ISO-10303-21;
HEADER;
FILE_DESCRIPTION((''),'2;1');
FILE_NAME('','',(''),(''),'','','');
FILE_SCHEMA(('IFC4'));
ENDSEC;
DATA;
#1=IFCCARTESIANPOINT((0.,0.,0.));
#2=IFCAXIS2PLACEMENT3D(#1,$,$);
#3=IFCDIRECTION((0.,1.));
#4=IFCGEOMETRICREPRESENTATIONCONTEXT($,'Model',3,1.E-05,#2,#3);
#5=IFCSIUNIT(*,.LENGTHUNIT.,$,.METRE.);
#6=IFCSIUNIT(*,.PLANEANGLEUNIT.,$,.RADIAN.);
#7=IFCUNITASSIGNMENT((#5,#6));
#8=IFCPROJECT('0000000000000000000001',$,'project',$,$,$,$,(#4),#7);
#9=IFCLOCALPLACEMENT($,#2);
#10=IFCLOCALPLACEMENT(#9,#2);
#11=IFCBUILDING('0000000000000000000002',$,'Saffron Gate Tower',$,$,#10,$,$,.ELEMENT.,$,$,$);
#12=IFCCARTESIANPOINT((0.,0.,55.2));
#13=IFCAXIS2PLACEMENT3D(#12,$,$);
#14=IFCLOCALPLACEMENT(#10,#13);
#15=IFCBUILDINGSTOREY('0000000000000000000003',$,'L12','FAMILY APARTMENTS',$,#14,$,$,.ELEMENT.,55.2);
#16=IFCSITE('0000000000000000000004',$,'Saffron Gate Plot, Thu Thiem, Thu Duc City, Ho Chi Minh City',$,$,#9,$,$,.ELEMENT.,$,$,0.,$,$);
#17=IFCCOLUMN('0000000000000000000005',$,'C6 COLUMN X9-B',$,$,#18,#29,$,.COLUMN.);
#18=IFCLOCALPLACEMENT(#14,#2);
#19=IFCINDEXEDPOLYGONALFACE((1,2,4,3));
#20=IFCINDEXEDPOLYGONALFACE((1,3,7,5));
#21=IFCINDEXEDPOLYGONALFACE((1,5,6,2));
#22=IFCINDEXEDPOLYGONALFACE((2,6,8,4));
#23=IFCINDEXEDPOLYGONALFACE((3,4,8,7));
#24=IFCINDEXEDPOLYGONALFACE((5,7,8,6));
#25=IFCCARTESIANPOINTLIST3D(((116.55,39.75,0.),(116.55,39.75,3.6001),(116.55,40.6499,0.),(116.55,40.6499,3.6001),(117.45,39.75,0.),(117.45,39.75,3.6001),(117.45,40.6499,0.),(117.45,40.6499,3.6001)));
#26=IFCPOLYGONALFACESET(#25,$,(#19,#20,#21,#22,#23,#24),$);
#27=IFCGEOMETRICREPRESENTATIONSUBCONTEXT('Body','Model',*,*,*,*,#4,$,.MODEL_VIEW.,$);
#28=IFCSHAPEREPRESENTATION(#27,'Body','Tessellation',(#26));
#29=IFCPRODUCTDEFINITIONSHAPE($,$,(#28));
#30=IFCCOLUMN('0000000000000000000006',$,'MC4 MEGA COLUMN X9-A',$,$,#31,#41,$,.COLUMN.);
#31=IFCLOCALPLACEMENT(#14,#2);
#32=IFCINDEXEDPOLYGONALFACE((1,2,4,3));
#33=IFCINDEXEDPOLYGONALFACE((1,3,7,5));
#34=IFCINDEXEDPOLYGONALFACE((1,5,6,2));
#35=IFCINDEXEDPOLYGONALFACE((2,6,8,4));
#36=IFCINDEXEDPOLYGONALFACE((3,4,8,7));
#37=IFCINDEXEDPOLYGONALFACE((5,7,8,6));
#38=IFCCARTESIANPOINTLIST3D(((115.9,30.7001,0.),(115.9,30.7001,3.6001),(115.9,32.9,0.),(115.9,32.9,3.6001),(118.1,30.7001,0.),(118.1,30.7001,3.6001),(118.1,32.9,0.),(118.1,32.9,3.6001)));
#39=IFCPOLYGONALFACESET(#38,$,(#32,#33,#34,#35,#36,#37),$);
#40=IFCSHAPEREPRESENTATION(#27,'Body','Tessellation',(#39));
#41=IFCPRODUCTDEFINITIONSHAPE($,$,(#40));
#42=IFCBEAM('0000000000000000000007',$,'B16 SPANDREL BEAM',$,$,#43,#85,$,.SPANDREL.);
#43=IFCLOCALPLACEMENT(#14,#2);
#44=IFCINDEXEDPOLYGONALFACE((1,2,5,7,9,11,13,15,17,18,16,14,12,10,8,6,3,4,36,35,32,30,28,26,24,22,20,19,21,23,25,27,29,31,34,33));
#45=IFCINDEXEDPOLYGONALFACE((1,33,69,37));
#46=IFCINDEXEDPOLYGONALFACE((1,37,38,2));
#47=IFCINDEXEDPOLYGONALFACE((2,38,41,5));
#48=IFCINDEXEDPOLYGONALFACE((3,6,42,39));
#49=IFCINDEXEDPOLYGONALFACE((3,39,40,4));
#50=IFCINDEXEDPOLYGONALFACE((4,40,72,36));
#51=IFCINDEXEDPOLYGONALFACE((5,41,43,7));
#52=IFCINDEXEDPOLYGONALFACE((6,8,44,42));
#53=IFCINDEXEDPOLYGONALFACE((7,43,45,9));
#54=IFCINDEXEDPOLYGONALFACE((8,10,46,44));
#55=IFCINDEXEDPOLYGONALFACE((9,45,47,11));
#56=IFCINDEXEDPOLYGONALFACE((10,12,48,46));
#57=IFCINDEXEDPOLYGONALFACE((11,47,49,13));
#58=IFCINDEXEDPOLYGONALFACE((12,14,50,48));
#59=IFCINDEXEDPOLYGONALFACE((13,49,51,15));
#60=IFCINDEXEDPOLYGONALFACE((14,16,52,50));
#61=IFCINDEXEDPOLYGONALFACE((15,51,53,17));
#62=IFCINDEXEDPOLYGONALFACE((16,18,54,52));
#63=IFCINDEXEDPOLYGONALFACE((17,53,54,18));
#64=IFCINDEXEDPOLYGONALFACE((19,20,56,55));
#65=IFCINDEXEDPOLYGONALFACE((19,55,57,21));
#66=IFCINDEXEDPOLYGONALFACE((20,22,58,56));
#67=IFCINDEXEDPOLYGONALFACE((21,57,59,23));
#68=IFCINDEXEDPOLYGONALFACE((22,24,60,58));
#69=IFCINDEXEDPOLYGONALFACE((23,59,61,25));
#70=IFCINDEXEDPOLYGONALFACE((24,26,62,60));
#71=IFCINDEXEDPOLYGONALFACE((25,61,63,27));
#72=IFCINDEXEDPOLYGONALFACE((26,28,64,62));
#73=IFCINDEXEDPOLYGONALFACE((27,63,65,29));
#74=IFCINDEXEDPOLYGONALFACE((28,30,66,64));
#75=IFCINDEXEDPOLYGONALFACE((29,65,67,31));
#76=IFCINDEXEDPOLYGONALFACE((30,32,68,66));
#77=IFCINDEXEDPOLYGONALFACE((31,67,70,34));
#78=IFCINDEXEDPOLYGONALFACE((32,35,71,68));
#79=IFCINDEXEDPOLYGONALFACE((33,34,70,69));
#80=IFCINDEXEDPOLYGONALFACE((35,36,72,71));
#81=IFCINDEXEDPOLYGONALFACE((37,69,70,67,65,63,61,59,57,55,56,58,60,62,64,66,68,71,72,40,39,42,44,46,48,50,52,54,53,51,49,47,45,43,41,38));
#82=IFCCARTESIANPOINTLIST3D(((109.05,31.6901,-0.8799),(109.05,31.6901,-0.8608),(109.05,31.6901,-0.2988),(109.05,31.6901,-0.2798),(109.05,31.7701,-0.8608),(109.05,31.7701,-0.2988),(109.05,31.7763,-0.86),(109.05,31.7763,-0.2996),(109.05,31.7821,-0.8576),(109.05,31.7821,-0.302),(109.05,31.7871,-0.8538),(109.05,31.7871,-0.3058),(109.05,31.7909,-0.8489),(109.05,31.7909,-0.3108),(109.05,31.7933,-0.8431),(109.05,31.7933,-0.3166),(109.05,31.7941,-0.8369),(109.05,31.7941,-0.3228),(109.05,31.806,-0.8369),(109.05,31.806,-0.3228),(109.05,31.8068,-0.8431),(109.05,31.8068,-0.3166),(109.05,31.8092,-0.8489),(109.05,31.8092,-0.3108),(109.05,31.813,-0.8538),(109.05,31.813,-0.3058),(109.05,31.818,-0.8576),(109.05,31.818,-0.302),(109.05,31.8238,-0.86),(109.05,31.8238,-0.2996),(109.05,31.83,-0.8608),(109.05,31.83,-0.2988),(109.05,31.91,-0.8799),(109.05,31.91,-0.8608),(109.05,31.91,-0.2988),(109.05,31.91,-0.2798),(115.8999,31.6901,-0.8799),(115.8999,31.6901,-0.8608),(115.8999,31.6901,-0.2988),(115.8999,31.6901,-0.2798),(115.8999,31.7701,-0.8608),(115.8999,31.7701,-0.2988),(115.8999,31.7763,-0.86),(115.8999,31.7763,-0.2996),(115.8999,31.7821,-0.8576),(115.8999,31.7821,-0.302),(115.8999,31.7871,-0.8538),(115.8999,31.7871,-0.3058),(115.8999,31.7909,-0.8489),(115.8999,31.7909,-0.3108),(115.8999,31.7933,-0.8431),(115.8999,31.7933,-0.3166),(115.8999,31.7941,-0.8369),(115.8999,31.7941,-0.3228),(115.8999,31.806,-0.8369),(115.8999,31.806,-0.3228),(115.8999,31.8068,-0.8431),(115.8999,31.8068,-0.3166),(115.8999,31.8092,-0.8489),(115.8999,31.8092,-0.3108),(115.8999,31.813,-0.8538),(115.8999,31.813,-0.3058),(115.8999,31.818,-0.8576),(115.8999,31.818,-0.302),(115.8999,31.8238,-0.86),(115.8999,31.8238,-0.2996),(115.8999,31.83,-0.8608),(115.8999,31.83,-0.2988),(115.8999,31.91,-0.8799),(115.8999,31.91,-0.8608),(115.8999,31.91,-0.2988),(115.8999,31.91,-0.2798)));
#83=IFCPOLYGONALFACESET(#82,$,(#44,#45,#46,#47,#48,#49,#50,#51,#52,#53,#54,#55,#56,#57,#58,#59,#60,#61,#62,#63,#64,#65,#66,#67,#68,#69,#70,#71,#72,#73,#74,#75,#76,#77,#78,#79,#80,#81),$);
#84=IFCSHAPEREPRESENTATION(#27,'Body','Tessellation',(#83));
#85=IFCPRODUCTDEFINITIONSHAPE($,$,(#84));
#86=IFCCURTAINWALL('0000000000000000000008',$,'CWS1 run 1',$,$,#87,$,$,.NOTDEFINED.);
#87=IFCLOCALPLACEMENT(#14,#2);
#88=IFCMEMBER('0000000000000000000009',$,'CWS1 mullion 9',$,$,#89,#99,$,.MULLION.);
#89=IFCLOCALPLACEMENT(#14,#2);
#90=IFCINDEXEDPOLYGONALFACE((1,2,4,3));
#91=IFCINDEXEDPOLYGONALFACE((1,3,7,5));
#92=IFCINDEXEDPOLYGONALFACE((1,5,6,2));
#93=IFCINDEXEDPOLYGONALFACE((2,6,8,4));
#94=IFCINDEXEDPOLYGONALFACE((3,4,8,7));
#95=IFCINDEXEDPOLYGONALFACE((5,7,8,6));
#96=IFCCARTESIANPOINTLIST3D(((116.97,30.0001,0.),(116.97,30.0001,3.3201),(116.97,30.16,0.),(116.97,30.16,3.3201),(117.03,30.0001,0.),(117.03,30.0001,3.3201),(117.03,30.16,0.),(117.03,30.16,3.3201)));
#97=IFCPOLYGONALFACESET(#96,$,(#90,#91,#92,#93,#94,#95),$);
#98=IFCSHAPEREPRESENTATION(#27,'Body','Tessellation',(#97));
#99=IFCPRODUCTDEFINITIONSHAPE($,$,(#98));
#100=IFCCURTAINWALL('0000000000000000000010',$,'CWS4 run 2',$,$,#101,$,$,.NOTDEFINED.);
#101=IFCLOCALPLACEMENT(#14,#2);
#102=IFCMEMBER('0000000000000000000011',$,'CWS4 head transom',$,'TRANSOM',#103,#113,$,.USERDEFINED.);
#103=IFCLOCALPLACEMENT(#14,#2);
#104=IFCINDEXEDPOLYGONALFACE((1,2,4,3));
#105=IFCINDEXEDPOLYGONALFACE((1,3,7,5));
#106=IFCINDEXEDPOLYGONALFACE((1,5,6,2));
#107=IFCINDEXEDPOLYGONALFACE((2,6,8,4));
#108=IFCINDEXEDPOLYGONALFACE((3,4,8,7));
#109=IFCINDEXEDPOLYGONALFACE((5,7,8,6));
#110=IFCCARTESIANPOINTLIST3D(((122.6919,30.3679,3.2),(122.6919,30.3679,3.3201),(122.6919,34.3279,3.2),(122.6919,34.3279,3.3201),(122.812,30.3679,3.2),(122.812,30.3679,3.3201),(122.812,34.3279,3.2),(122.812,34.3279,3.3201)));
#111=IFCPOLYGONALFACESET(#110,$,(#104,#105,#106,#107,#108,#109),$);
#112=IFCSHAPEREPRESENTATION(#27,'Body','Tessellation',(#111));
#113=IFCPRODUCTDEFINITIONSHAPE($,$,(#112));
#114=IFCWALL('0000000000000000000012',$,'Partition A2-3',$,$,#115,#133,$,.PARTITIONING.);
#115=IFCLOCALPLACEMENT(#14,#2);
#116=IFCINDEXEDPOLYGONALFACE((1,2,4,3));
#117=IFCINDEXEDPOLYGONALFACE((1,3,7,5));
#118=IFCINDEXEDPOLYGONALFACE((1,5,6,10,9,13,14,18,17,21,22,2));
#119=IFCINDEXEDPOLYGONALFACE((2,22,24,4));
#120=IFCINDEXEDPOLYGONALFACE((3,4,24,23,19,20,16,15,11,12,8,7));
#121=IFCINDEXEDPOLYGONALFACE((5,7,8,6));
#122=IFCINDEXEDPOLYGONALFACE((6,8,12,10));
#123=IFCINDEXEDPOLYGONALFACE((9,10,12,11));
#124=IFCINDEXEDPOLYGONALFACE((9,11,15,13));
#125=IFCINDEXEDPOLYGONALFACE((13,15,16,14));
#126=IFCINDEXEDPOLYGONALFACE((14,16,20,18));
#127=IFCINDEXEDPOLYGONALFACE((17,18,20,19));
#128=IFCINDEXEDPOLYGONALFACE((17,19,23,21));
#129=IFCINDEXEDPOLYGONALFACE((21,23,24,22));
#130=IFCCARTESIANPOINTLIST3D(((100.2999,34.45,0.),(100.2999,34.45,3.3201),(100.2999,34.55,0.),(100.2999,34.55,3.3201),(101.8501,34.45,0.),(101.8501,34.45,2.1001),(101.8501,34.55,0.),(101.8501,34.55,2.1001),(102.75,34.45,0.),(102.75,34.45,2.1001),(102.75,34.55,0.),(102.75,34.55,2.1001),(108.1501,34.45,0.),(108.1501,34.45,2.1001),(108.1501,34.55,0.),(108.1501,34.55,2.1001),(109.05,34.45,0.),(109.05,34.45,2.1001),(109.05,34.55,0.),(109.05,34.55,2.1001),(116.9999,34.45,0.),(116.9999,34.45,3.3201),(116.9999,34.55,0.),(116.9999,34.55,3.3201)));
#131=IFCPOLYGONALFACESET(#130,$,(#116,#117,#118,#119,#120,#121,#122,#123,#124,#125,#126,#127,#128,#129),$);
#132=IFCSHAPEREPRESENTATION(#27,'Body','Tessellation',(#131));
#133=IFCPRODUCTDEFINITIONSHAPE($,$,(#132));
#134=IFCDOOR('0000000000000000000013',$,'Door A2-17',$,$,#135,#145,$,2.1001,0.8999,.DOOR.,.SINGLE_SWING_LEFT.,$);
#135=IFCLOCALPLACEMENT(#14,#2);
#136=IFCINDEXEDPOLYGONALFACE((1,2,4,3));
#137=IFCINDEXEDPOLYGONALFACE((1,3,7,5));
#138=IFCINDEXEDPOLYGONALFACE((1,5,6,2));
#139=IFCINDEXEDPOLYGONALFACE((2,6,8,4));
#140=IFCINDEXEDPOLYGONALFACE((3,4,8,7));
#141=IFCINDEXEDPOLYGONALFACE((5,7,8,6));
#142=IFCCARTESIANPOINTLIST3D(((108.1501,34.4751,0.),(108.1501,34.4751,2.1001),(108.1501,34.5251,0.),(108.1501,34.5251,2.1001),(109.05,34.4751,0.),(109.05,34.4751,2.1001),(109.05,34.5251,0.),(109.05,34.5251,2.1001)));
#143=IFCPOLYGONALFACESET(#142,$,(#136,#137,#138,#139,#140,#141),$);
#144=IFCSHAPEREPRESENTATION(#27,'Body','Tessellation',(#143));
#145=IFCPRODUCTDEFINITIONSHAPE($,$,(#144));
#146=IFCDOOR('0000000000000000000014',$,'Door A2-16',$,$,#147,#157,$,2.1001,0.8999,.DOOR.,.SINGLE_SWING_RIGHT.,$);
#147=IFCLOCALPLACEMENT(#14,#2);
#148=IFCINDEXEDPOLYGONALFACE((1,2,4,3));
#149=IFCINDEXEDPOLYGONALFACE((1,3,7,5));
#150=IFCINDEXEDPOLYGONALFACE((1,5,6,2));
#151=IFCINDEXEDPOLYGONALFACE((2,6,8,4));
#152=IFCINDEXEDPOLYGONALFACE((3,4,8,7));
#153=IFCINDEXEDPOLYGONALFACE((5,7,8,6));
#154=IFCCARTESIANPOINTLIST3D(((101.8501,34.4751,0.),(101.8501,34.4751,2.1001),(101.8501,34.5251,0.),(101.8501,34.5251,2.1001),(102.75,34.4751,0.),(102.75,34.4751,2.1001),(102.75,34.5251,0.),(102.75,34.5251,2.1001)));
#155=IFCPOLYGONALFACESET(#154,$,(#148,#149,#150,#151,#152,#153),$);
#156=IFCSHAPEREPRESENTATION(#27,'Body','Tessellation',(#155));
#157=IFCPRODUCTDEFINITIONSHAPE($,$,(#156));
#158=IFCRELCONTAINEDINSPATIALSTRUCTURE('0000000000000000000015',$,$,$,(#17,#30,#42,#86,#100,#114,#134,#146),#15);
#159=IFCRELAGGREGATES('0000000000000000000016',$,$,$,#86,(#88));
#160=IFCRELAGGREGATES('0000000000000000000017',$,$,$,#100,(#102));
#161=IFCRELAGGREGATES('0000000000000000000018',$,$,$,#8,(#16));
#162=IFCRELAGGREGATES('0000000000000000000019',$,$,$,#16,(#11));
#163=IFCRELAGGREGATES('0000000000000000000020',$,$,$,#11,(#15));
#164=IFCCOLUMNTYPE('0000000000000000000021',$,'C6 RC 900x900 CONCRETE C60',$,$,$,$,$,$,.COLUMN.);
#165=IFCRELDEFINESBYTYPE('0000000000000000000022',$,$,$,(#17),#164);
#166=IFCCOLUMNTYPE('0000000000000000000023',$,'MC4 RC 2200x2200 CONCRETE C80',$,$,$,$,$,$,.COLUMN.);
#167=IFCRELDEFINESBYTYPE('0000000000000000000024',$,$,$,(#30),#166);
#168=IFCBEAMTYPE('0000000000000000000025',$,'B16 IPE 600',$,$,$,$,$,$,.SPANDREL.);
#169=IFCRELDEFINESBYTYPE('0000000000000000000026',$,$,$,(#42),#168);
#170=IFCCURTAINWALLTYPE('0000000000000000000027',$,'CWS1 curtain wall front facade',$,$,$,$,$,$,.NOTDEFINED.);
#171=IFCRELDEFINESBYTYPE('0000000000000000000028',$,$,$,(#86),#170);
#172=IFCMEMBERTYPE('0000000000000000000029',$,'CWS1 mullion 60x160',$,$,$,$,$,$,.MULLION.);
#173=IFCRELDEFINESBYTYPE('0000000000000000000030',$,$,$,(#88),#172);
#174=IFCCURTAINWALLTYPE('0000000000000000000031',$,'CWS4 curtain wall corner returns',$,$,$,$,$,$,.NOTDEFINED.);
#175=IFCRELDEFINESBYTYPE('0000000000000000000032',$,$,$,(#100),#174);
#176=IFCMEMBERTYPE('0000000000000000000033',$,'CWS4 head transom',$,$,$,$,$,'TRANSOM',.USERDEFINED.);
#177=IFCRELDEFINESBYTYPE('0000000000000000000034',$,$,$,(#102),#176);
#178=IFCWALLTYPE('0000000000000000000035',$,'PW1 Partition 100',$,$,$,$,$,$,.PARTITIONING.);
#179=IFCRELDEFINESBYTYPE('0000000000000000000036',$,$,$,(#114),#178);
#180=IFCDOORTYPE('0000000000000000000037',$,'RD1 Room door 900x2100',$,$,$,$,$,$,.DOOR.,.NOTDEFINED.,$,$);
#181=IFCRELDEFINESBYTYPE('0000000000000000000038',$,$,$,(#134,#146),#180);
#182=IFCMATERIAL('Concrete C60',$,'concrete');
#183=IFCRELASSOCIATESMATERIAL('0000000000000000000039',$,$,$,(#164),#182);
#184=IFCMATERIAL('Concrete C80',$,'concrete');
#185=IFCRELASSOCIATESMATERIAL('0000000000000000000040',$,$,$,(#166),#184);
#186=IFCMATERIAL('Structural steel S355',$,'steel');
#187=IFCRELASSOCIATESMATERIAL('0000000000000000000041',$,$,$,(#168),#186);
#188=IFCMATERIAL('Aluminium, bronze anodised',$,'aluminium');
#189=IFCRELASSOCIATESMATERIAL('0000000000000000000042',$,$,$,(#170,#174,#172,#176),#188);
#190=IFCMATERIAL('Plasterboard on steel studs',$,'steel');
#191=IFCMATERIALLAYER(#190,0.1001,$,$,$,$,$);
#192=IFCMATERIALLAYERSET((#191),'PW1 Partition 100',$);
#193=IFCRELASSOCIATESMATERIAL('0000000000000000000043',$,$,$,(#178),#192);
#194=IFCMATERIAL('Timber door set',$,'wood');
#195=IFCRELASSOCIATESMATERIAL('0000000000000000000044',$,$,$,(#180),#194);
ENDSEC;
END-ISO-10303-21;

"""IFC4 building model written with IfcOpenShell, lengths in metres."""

from ifc_helpers import new_model, si_unit, direction, frame, frame_2d, origin, origin_2d, place, context, subcontext, project, spatial, rectangle, i_section, extrude, material, layer, layer_set, material_profile, profile_set, type_object, element, fill, aggregate, save


model = new_model("IFC4")

# Units and contexts
model_context = context("Model", 3, precision=1e-05, world=origin(), true_north=direction((0.0, 1.0)))
body_context = subcontext(model_context, "Body", "Model", "MODEL_VIEW")
ifc_project = project(units=[si_unit("LENGTHUNIT", "METRE"), si_unit("PLANEANGLEUNIT", "RADIAN")], contexts=[model_context])

# Site, building, storey
site_placement = place(None, origin())
site = spatial("IfcSite", under=ifc_project, at=site_placement, Name="Saffron Gate Plot, Thu Thiem, Thu Duc City, Ho Chi Minh City", CompositionType="ELEMENT", RefElevation=0.0)
building_placement = place(site_placement, origin())
building = spatial("IfcBuilding", under=site, at=building_placement, Name="Saffron Gate Tower", CompositionType="ELEMENT")
storey_placement = place(building_placement, frame((0.0, 0.0, 55.2)))
storey = spatial("IfcBuildingStorey", under=building, at=storey_placement, Name="L12", Description="FAMILY APARTMENTS", CompositionType="ELEMENT", Elevation=55.2)

# Columns
ifc_material_1 = material(Name="Concrete C60", Category="concrete")
ifc_material_profile_1 = material_profile(ifc_material_1, rectangle(XDim=0.8999, YDim=0.8999, at=origin_2d()))
ifc_profile_set_1 = profile_set([ifc_material_profile_1], Name="Concrete C60")
column_type_1 = type_object("IfcColumnType", Name="C6 RC 900x900 CONCRETE C60", PredefinedType="COLUMN", material=ifc_profile_set_1)
column_1_placement = place(storey_placement, frame((117.0, 40.2, 0.0), z_axis=(0.0, 0.0, 1.0), x_axis=(1.0, 0.0, 0.0)))
element("IfcColumn", 1, at=column_1_placement, inside=storey, type_object=column_type_1, Name="C6 COLUMN X9-B", PredefinedType="COLUMN", context=body_context, shape_type="SweptSolid", body=[
    extrude(rectangle(XDim=0.8999, YDim=0.8999, at=origin_2d()), origin(), (0.0, 0.0, 1.0), 3.6001),
])
ifc_material_2 = material(Name="Concrete C80", Category="concrete")
ifc_material_profile_2 = material_profile(ifc_material_2, rectangle(XDim=2.2, YDim=2.2, at=origin_2d()))
ifc_profile_set_2 = profile_set([ifc_material_profile_2], Name="Concrete C80")
column_type_2 = type_object("IfcColumnType", Name="MC4 RC 2200x2200 CONCRETE C80", PredefinedType="COLUMN", material=ifc_profile_set_2)
column_2_placement = place(storey_placement, frame((117.0, 31.8, 0.0), z_axis=(0.0, 0.0, 1.0), x_axis=(1.0, 0.0, 0.0)))
element("IfcColumn", 2, at=column_2_placement, inside=storey, type_object=column_type_2, Name="MC4 MEGA COLUMN X9-A", PredefinedType="COLUMN", context=body_context, shape_type="SweptSolid", body=[
    extrude(rectangle(XDim=2.2, YDim=2.2, at=origin_2d()), origin(), (0.0, 0.0, 1.0), 3.6001),
])

# Beam
ifc_material_3 = material(Name="Structural steel S355", Category="steel")
ifc_material_profile_3 = material_profile(ifc_material_3, i_section(OverallWidth=0.22, OverallDepth=0.6001, WebThickness=0.012, FlangeThickness=0.019, FilletRadius=0.0239, at=origin_2d()))
ifc_profile_set_3 = profile_set([ifc_material_profile_3], Name="Structural steel S355")
beam_type = type_object("IfcBeamType", Name="B16 IPE 600", PredefinedType="SPANDREL", material=ifc_profile_set_3)
beam_placement = place(storey_placement, frame((109.05, 31.8, -0.5798), z_axis=(1.0, 0.0, 0.0), x_axis=(0.0, 1.0, 0.0)))
element("IfcBeam", 3, at=beam_placement, inside=storey, type_object=beam_type, Name="B16 SPANDREL BEAM", PredefinedType="SPANDREL", context=body_context, shape_type="SweptSolid", body=[
    extrude(i_section(OverallWidth=0.22, OverallDepth=0.6001, WebThickness=0.012, FlangeThickness=0.019, FilletRadius=0.0239, at=origin_2d()), origin(), (0.0, 0.0, 1.0), 6.8499),
])

# Curtain walls, members
ifc_material_4 = material(Name="Aluminium, bronze anodised", Category="aluminium")
curtain_wall_type_1 = type_object("IfcCurtainWallType", Name="CWS1 curtain wall front facade", PredefinedType="NOTDEFINED", material=ifc_material_4)
curtain_wall_1_placement = place(storey_placement, origin())
curtain_wall_1 = element("IfcCurtainWall", 4, at=curtain_wall_1_placement, inside=storey, type_object=curtain_wall_type_1, Name="CWS1 run 1", PredefinedType="NOTDEFINED")
ifc_material_profile_4 = material_profile(ifc_material_4, rectangle(XDim=0.1599, YDim=0.0601, at=origin_2d()))
ifc_profile_set_4 = profile_set([ifc_material_profile_4], Name="Aluminium, bronze anodised")
member_type_1 = type_object("IfcMemberType", Name="CWS1 mullion 60x160", PredefinedType="MULLION", material=ifc_profile_set_4)
member_1_placement = place(storey_placement, frame((117.0, 30.0801, 0.0), z_axis=(0.0, 0.0, 1.0), x_axis=(0.0, 1.0, 0.0)))
member_1 = element("IfcMember", 5, at=member_1_placement, type_object=member_type_1, Name="CWS1 mullion 9", PredefinedType="MULLION", context=body_context, shape_type="SweptSolid", body=[
    extrude(rectangle(XDim=0.1599, YDim=0.0601, at=origin_2d()), origin(), (0.0, 0.0, 1.0), 3.3201),
])
aggregate(curtain_wall_1, [member_1])
curtain_wall_type_2 = type_object("IfcCurtainWallType", Name="CWS4 curtain wall corner returns", PredefinedType="NOTDEFINED", material=ifc_material_4)
curtain_wall_2_placement = place(storey_placement, origin())
curtain_wall_2 = element("IfcCurtainWall", 6, at=curtain_wall_2_placement, inside=storey, type_object=curtain_wall_type_2, Name="CWS4 run 2", PredefinedType="NOTDEFINED")
ifc_material_profile_5 = material_profile(ifc_material_4, rectangle(XDim=0.1201, YDim=0.1201, at=origin_2d()))
ifc_profile_set_5 = profile_set([ifc_material_profile_5], Name="Aluminium, bronze anodised")
member_type_2 = type_object("IfcMemberType", Name="CWS4 head transom", ElementType="TRANSOM", PredefinedType="USERDEFINED", material=ifc_profile_set_5)
member_2_placement = place(storey_placement, frame((122.752, 30.3679, 3.26), z_axis=(0.0, 1.0, 0.0), x_axis=(-1.0, 0.0, 0.0)))
member_2 = element("IfcMember", 7, at=member_2_placement, type_object=member_type_2, Name="CWS4 head transom", ObjectType="TRANSOM", PredefinedType="USERDEFINED", context=body_context, shape_type="SweptSolid", body=[
    extrude(rectangle(XDim=0.1201, YDim=0.1201, at=origin_2d()), origin(), (0.0, 0.0, 1.0), 3.96),
])
aggregate(curtain_wall_2, [member_2])

# Wall, openings, doors
ifc_material_5 = material(Name="Plasterboard on steel studs", Category="steel")
ifc_layer = layer(ifc_material_5, 0.1001)
ifc_layer_set = layer_set([ifc_layer], Name="PW1 Partition 100")
wall_type = type_object("IfcWallType", Name="PW1 Partition 100", PredefinedType="PARTITIONING", material=ifc_layer_set)
wall_1_placement = place(storey_placement, frame((117.0, 34.5, 0.0), z_axis=(0.0, 0.0, 1.0), x_axis=(-1.0, 0.0, 0.0)))
wall_1 = element("IfcWall", 8, at=wall_1_placement, inside=storey, type_object=wall_type, Name="Partition A2-3", PredefinedType="PARTITIONING", context=body_context, shape_type="SweptSolid", body=[
    extrude(rectangle(XDim=16.7, YDim=0.1001, at=frame_2d((8.3501, 0.0))), origin(), (0.0, 0.0, 1.0), 3.3201),
])
opening_1_placement = place(wall_1_placement, frame((7.95, 0.0, 0.0)))
opening_1 = element("IfcOpeningElement", 9, at=opening_1_placement, cuts=wall_1, PredefinedType="OPENING", context=body_context, shape_type="SweptSolid", body=[
    extrude(rectangle(XDim=0.8999, YDim=2.1001, at=frame_2d((0.45, 1.05))), frame((0.0, 0.0601, 0.0), z_axis=(0.0, -1.0, 0.0), x_axis=(1.0, 0.0, 0.0)), (0.0, 0.0, 1.0), 0.1201),
])
opening_2_placement = place(wall_1_placement, frame((14.25, 0.0, 0.0)))
opening_2 = element("IfcOpeningElement", 10, at=opening_2_placement, cuts=wall_1, PredefinedType="OPENING", context=body_context, shape_type="SweptSolid", body=[
    extrude(rectangle(XDim=0.8999, YDim=2.1001, at=frame_2d((0.45, 1.05))), frame((0.0, 0.0601, 0.0), z_axis=(0.0, -1.0, 0.0), x_axis=(1.0, 0.0, 0.0)), (0.0, 0.0, 1.0), 0.1201),
])
ifc_material_6 = material(Name="Timber door set", Category="wood")
door_type_1 = type_object("IfcDoorType", Name="RD1 Room door 900x2100", OperationType="NOTDEFINED", PredefinedType="DOOR", material=ifc_material_6)
door_1_placement = place(opening_1_placement, origin())
door_1 = element("IfcDoor", 11, at=door_1_placement, inside=storey, type_object=door_type_1, Name="Door A2-17", OperationType="SINGLE_SWING_LEFT", OverallHeight=2.1001, OverallWidth=0.8999, PredefinedType="DOOR", context=body_context, shape_type="SweptSolid", body=[
    extrude(rectangle(XDim=0.8999, YDim=2.1001, at=frame_2d((0.45, 1.05))), frame((0.0, 0.0249, 0.0), z_axis=(0.0, -1.0, 0.0), x_axis=(1.0, 0.0, 0.0)), (0.0, 0.0, 1.0), 0.05),
])
fill(opening_1, door_1)
door_2_placement = place(opening_2_placement, origin())
door_2 = element("IfcDoor", 12, at=door_2_placement, inside=storey, type_object=door_type_1, Name="Door A2-16", OperationType="SINGLE_SWING_RIGHT", OverallHeight=2.1001, OverallWidth=0.8999, PredefinedType="DOOR", context=body_context, shape_type="SweptSolid", body=[
    extrude(rectangle(XDim=0.8999, YDim=2.1001, at=frame_2d((0.45, 1.05))), frame((0.0, 0.0249, 0.0), z_axis=(0.0, -1.0, 0.0), x_axis=(1.0, 0.0, 0.0)), (0.0, 0.0, 1.0), 0.05),
])
fill(opening_2, door_2)

save(model, "model.ifc")
